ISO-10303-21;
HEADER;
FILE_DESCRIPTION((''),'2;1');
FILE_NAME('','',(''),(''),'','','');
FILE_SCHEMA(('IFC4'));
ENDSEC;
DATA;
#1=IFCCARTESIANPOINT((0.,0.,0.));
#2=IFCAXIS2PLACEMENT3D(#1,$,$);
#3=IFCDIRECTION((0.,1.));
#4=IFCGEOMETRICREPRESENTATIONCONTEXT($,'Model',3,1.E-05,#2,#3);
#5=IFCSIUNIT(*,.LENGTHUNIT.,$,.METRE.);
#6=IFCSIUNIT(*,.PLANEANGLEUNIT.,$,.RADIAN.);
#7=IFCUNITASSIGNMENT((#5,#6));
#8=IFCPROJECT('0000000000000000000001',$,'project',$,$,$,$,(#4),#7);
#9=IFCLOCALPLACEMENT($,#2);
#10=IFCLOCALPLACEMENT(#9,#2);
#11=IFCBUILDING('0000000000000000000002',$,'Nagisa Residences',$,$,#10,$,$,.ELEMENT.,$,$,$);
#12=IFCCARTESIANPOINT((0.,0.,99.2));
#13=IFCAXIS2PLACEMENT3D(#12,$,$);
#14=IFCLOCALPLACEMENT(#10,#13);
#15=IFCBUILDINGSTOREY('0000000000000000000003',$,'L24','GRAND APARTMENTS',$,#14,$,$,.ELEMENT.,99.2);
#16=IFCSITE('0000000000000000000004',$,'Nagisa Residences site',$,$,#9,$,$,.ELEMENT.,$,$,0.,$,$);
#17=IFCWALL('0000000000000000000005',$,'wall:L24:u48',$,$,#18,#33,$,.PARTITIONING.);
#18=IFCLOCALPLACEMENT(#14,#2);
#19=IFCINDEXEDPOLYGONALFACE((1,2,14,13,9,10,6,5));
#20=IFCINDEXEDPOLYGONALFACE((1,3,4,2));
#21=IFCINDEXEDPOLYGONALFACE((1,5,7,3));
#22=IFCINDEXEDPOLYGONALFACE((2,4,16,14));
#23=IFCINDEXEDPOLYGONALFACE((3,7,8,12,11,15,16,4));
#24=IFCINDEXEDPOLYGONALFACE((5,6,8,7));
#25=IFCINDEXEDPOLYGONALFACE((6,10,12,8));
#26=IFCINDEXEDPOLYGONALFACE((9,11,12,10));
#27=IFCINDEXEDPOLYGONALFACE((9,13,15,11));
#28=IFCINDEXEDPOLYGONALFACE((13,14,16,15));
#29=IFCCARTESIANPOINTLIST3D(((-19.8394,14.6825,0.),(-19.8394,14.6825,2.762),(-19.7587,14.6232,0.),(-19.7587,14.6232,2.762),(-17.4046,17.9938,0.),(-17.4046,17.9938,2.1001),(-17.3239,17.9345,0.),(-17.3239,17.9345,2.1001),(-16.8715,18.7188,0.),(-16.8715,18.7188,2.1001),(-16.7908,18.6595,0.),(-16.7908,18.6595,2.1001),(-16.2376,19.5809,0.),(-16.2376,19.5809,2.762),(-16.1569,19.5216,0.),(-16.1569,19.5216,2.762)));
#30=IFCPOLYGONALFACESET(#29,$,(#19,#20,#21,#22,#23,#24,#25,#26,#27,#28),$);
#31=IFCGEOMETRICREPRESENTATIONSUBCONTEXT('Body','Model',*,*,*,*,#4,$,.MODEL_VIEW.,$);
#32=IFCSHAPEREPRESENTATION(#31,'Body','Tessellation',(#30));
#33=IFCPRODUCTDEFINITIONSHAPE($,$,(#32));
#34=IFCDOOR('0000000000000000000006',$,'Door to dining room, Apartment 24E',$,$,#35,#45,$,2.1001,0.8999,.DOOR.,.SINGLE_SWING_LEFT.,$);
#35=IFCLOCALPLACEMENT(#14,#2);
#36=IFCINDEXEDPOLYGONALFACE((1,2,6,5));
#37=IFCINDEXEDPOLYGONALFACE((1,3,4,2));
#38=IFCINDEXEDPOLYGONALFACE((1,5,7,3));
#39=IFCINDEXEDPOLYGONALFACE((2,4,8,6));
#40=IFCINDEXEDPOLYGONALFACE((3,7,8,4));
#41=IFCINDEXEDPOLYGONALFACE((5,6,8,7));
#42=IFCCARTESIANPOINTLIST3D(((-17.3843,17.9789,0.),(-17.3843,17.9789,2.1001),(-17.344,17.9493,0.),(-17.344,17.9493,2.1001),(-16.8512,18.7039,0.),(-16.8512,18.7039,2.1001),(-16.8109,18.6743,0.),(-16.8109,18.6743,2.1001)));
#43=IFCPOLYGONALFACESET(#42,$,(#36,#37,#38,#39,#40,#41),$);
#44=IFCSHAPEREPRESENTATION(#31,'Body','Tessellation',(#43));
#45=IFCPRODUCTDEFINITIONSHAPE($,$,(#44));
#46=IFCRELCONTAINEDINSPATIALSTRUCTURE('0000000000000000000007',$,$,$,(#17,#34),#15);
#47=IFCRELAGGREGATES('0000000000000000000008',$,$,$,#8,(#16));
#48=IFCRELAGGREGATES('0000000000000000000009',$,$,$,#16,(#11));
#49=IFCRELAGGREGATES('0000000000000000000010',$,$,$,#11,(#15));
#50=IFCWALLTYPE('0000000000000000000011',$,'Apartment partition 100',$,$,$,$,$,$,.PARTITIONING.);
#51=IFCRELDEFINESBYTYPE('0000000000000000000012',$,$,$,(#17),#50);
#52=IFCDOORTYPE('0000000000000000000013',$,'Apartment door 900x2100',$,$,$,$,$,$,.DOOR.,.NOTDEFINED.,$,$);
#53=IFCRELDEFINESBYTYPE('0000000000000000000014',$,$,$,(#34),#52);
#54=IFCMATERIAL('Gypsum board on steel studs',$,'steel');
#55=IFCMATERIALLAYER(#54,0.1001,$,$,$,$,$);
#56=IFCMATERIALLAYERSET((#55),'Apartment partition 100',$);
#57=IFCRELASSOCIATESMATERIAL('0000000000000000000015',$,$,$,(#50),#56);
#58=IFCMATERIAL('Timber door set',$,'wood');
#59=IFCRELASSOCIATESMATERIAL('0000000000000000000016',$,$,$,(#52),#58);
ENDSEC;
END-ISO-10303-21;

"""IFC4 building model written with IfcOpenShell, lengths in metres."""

from ifc_helpers import new_model, si_unit, direction, frame, frame_2d, origin, place, context, subcontext, project, spatial, rectangle, extrude, material, layer, layer_set, type_object, element, fill, save


model = new_model("IFC4")

# Units and contexts
model_context = context("Model", 3, precision=1e-05, world=origin(), true_north=direction((0.0, 1.0)))
body_context = subcontext(model_context, "Body", "Model", "MODEL_VIEW")
ifc_project = project(units=[si_unit("LENGTHUNIT", "METRE"), si_unit("PLANEANGLEUNIT", "RADIAN")], contexts=[model_context])

# Site, building, storey
site_placement = place(None, origin())
site = spatial("IfcSite", under=ifc_project, at=site_placement, Name="Nagisa Residences site", CompositionType="ELEMENT", RefElevation=0.0)
building_placement = place(site_placement, origin())
building = spatial("IfcBuilding", under=site, at=building_placement, Name="Nagisa Residences", CompositionType="ELEMENT")
storey_placement = place(building_placement, frame((0.0, 0.0, 99.2)))
storey = spatial("IfcBuildingStorey", under=building, at=storey_placement, Name="L24", Description="GRAND APARTMENTS", CompositionType="ELEMENT", Elevation=99.2)

# Shared definitions
ifc_material_1 = material(Name="Gypsum board on steel studs", Category="steel")
ifc_layer_1 = layer(ifc_material_1, 0.1001)
ifc_layer_set_1 = layer_set([ifc_layer_1], Name="Apartment partition 100")
wall_type_1 = type_object("IfcWallType", Name="Apartment partition 100", PredefinedType="PARTITIONING", material=ifc_layer_set_1)

# Wall, opening, door
wall_1_placement = place(storey_placement, frame((-16.1973, 19.5513, 0.0), z_axis=(0.0, 0.0, 1.0), x_axis=(-0.592392, -0.80565, 0.0)))
wall_1 = element("IfcWall", 1, at=wall_1_placement, inside=storey, type_object=wall_type_1, Name="wall:L24:u48", PredefinedType="PARTITIONING", context=body_context, shape_type="SweptSolid", body=[
    extrude(rectangle(XDim=6.0801, YDim=0.1001, at=frame_2d((3.04, 0.0))), origin(), (0.0, 0.0, 1.0), 2.762),
])
opening_1_placement = place(wall_1_placement, frame((1.0701, 0.0, 0.0)))
opening_1 = element("IfcOpeningElement", 2, at=opening_1_placement, cuts=wall_1, PredefinedType="OPENING", context=body_context, shape_type="SweptSolid", body=[
    extrude(rectangle(XDim=0.8999, YDim=2.1001, at=frame_2d((0.45, 1.05))), frame((0.0, 0.0601, 0.0), z_axis=(0.0, -1.0, 0.0), x_axis=(1.0, 0.0, 0.0)), (0.0, 0.0, 1.0), 0.1201),
])
ifc_material_2 = material(Name="Timber door set", Category="wood")
door_type_1 = type_object("IfcDoorType", Name="Apartment door 900x2100", OperationType="NOTDEFINED", PredefinedType="DOOR", material=ifc_material_2)
door_1_placement = place(opening_1_placement, frame((0.8999, 0.0, 0.0), x_axis=(-1.0, 0.0, 0.0)))
door_1 = element("IfcDoor", 3, at=door_1_placement, inside=storey, type_object=door_type_1, Name="Door to dining room, Apartment 24E", OperationType="SINGLE_SWING_LEFT", OverallHeight=2.1001, OverallWidth=0.8999, PredefinedType="DOOR", context=body_context, shape_type="SweptSolid", body=[
    extrude(rectangle(XDim=0.8999, YDim=2.1001, at=frame_2d((0.45, 1.05))), frame((0.0, 0.0249, 0.0), z_axis=(0.0, -1.0, 0.0), x_axis=(1.0, 0.0, 0.0)), (0.0, 0.0, 1.0), 0.05),
])
fill(opening_1, door_1)

save(model, "model.ifc")
